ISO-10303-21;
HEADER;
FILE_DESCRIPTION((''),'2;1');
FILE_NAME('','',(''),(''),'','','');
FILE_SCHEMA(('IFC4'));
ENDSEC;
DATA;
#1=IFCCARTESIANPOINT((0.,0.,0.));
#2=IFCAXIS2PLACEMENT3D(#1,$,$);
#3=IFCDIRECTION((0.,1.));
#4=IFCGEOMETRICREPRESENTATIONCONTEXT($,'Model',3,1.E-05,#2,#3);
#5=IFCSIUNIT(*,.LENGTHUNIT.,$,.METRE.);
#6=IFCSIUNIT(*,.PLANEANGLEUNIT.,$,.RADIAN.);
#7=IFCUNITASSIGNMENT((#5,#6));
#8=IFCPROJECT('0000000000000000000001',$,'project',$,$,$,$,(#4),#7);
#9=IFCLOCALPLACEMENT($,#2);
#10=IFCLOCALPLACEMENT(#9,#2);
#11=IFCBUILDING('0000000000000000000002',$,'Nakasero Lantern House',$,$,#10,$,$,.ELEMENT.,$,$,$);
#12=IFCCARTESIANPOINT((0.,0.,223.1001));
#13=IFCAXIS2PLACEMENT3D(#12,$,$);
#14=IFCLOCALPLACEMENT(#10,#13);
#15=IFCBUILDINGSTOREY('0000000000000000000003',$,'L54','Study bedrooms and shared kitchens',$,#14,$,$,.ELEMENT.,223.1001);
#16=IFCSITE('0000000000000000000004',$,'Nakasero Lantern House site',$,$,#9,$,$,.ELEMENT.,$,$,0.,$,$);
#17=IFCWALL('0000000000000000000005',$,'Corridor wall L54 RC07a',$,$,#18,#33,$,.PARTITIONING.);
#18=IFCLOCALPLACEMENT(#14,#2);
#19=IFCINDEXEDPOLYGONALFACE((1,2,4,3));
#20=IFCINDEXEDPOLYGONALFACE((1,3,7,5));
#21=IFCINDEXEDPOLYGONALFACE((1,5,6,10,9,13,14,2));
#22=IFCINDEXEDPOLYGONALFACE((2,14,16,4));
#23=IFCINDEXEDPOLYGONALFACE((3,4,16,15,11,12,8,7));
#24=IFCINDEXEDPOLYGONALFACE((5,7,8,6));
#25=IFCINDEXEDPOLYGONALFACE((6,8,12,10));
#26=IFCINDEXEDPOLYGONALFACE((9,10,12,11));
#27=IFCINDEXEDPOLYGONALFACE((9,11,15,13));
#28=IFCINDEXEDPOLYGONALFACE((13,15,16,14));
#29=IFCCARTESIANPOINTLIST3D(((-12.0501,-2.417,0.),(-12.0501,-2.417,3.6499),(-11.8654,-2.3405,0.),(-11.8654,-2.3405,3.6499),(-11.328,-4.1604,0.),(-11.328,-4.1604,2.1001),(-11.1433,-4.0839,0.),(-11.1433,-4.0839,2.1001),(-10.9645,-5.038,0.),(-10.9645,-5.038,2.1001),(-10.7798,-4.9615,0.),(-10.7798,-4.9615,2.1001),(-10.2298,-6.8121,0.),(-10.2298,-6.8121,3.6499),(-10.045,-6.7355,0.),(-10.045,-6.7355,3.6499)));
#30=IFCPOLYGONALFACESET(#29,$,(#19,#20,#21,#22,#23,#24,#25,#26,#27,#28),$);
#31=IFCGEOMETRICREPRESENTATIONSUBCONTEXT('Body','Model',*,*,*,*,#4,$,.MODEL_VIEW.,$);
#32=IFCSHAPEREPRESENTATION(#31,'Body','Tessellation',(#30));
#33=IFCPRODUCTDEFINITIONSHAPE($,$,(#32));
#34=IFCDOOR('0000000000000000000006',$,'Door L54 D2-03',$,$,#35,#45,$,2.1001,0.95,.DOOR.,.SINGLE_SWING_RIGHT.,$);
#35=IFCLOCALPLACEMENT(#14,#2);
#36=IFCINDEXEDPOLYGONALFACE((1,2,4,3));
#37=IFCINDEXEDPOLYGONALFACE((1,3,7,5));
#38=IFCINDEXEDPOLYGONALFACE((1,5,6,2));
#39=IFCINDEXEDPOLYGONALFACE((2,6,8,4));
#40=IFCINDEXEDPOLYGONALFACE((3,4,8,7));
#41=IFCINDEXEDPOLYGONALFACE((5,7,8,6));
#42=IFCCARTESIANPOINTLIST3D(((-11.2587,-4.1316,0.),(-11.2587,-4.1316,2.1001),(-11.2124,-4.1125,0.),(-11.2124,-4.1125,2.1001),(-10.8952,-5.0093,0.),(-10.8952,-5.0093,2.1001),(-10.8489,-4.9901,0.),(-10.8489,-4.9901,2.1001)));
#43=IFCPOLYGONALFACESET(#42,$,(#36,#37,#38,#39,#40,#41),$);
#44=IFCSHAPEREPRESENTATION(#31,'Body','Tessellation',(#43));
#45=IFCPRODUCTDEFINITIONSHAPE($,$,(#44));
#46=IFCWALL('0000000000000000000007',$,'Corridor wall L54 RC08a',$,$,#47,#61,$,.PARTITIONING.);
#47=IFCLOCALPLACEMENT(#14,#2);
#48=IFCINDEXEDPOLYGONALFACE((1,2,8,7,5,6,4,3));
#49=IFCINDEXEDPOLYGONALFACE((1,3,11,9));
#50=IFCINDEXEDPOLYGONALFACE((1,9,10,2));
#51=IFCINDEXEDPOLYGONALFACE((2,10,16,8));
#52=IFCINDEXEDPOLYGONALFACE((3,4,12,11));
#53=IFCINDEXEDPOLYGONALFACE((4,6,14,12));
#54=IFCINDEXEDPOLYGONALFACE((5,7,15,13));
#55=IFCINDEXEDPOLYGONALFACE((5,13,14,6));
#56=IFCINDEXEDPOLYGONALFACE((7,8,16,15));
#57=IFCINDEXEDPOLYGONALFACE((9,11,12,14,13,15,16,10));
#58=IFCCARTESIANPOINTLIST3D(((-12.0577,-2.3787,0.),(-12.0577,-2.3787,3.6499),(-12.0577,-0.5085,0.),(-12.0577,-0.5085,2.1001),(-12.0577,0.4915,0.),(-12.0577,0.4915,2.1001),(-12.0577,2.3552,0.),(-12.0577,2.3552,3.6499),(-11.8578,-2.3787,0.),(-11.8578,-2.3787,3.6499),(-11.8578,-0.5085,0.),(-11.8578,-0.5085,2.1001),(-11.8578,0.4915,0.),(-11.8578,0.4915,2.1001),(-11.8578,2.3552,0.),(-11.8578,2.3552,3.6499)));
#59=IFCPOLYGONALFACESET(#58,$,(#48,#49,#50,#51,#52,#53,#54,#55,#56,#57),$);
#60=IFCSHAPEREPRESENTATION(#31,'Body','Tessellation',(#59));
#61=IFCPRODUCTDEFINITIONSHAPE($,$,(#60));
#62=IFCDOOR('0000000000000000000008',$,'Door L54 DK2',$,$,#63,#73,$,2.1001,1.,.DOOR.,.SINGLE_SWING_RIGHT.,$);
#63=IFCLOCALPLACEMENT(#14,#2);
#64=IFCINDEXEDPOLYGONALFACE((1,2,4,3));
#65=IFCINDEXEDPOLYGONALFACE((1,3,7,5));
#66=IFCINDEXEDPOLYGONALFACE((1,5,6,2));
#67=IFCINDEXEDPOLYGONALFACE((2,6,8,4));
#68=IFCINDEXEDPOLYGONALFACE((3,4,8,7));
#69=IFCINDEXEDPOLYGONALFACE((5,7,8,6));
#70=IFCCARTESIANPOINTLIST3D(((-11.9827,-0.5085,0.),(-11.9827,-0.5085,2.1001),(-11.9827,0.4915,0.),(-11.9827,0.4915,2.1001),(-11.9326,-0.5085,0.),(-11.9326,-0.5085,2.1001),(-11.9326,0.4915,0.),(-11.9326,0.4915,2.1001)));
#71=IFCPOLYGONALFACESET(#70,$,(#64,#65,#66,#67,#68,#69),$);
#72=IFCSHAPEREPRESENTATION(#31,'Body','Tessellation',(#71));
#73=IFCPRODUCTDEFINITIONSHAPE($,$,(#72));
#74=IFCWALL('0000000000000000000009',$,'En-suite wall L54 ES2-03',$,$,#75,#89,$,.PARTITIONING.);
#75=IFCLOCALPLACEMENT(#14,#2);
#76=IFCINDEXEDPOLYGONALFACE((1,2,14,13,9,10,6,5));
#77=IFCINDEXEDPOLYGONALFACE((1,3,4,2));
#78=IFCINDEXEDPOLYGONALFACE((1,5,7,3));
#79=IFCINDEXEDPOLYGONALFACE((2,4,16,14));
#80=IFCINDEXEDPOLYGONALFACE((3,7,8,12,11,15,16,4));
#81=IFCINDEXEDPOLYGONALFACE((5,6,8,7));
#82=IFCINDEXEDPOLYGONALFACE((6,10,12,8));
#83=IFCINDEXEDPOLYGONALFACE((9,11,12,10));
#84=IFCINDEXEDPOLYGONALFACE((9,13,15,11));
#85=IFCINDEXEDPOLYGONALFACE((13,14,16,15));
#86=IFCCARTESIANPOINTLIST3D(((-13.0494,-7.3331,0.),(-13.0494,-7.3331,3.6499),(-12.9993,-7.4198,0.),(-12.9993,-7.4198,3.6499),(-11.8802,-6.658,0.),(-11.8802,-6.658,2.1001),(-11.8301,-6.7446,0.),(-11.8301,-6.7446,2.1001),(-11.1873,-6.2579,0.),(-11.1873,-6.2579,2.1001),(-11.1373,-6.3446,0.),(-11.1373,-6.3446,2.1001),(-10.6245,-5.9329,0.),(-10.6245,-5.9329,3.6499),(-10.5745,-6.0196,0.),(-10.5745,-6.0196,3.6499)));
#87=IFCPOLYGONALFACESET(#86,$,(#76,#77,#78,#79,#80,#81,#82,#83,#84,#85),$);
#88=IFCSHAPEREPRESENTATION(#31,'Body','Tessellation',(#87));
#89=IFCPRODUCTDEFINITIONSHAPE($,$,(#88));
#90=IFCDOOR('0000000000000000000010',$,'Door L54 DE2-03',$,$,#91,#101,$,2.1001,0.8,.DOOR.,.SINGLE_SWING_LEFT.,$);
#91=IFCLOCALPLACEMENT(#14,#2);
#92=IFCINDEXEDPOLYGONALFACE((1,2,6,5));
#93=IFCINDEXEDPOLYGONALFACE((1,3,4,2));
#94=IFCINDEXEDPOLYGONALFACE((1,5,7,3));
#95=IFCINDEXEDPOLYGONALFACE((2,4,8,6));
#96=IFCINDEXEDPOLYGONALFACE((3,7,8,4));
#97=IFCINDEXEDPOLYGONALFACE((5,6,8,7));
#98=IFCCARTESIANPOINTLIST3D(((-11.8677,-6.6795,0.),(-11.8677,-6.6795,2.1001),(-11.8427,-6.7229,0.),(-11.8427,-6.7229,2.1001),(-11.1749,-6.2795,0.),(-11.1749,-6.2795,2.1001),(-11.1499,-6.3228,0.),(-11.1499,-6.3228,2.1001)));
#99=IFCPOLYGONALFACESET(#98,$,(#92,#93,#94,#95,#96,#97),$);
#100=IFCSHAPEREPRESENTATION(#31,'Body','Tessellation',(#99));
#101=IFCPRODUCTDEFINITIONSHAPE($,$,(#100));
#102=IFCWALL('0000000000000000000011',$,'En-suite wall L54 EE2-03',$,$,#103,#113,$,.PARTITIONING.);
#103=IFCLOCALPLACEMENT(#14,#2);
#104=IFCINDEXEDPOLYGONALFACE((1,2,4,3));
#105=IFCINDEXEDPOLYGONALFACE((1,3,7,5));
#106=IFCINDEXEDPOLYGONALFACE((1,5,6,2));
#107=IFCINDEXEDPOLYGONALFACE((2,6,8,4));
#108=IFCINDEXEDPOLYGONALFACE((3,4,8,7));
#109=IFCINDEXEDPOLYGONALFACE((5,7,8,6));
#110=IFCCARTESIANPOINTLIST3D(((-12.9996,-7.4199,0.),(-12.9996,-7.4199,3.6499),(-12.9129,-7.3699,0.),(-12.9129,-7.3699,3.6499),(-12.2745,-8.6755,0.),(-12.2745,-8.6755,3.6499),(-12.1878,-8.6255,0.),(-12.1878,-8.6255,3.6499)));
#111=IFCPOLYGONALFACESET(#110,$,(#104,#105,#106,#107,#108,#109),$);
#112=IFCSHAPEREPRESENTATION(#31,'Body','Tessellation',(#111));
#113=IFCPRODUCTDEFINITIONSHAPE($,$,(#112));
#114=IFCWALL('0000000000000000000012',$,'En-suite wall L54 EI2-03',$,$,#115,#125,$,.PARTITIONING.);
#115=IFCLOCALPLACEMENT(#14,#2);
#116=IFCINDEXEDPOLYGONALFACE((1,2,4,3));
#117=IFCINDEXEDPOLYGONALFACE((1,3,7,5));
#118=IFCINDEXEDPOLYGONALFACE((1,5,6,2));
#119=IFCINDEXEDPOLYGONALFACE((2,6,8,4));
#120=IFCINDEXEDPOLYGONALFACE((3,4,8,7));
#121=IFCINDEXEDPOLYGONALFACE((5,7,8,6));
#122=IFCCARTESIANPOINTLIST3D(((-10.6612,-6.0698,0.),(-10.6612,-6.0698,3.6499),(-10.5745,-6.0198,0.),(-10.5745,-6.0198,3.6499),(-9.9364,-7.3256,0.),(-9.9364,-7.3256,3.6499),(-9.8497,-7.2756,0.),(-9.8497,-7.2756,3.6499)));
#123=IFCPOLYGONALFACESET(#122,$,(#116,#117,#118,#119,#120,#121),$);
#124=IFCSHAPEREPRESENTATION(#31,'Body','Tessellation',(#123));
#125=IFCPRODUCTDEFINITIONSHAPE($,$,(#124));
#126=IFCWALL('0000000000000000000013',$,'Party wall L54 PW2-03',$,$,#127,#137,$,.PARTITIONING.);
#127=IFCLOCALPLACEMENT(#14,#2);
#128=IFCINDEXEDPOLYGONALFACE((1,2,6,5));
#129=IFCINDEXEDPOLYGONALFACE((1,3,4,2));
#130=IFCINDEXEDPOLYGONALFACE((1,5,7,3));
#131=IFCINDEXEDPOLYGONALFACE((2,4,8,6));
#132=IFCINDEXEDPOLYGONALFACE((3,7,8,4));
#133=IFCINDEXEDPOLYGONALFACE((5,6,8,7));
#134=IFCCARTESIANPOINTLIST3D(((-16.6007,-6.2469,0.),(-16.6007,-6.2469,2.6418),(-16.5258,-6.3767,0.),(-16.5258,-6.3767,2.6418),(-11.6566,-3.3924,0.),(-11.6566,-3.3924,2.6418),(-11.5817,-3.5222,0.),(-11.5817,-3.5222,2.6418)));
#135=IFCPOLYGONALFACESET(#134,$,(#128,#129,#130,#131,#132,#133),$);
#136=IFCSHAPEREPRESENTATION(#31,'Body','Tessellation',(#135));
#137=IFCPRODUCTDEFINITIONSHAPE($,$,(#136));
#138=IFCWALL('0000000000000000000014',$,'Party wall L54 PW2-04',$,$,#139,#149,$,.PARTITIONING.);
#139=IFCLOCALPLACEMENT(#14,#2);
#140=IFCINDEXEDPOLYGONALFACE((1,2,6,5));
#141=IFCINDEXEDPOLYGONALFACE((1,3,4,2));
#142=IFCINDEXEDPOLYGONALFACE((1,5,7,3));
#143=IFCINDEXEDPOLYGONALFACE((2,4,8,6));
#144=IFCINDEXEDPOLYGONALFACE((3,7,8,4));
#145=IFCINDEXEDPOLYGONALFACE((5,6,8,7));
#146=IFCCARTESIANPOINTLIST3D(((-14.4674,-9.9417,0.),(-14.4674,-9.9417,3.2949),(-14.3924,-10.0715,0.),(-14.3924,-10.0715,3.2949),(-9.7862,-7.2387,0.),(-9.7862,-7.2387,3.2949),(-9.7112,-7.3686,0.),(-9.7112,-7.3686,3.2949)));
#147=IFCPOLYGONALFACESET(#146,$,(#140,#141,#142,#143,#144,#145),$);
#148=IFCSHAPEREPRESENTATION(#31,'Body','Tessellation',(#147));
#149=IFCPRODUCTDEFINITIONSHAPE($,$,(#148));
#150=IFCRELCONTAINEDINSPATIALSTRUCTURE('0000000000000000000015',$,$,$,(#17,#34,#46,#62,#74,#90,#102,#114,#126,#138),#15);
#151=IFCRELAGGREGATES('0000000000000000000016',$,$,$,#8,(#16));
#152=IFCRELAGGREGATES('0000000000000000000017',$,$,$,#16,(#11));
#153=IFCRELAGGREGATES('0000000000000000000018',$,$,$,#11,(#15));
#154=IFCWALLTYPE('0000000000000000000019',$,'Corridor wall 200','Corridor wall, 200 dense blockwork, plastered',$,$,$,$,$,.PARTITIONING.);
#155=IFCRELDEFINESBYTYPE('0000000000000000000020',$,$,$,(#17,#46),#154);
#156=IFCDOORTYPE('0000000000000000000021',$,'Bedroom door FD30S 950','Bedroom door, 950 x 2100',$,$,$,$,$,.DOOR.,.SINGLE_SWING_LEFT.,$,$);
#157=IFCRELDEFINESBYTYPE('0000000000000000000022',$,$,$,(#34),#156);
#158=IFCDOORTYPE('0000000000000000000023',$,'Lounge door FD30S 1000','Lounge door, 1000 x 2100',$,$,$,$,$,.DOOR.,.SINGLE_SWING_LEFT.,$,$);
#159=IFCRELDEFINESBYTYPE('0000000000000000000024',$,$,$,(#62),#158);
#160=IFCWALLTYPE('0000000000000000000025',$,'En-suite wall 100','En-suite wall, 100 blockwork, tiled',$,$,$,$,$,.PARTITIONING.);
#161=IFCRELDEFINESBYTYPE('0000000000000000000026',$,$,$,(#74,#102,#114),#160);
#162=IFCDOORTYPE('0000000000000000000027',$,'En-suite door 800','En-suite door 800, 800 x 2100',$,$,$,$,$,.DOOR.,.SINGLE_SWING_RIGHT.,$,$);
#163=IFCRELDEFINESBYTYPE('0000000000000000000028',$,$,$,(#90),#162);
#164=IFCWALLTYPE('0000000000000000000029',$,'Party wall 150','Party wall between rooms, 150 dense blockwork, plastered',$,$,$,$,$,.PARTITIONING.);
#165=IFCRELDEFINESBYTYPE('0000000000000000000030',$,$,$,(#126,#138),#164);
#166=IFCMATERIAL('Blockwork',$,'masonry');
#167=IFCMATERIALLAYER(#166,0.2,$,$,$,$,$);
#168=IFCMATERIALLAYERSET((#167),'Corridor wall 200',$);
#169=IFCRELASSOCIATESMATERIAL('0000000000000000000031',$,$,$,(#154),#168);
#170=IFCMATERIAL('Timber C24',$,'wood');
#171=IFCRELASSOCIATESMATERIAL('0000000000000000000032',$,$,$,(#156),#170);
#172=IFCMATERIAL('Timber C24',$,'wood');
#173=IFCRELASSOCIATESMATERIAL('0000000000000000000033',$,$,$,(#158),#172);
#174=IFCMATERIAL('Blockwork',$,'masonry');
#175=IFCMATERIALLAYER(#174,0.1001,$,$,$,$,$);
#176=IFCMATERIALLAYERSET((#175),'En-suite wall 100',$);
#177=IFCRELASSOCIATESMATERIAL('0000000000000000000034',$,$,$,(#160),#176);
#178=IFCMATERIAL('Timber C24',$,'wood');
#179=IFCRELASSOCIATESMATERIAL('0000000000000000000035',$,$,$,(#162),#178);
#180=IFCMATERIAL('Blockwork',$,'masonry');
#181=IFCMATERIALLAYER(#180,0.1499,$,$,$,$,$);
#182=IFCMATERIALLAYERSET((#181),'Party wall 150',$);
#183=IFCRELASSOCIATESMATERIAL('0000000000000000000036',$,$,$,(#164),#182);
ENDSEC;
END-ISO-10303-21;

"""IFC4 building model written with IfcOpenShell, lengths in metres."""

from ifc_helpers import new_model, si_unit, direction, frame, frame_2d, origin, place, context, subcontext, project, spatial, rectangle, extrude, material, layer, layer_set, type_object, element, fill, save


model = new_model("IFC4")

# Units and contexts
model_context = context("Model", 3, precision=1e-05, world=origin(), true_north=direction((0.0, 1.0)))
body_context = subcontext(model_context, "Body", "Model", "MODEL_VIEW")
ifc_project = project(units=[si_unit("LENGTHUNIT", "METRE"), si_unit("PLANEANGLEUNIT", "RADIAN")], contexts=[model_context])

# Site, building, storey
site_placement = place(None, origin())
site = spatial("IfcSite", under=ifc_project, at=site_placement, Name="Nakasero Lantern House site", CompositionType="ELEMENT", RefElevation=0.0)
building_placement = place(site_placement, origin())
building = spatial("IfcBuilding", under=site, at=building_placement, Name="Nakasero Lantern House", CompositionType="ELEMENT")
storey_placement = place(building_placement, frame((0.0, 0.0, 223.1001)))
storey = spatial("IfcBuildingStorey", under=building, at=storey_placement, Name="L54", Description="Study bedrooms and shared kitchens", CompositionType="ELEMENT", Elevation=223.1001)

# Walls, openings, doors
ifc_material_1 = material(Name="Blockwork", Category="masonry")
ifc_layer_1 = layer(ifc_material_1, 0.2)
ifc_layer_set_1 = layer_set([ifc_layer_1], Name="Corridor wall 200")
wall_type_1 = type_object("IfcWallType", Name="Corridor wall 200", Description="Corridor wall, 200 dense blockwork, plastered", PredefinedType="PARTITIONING", material=ifc_layer_set_1)
wall_1_placement = place(storey_placement, frame((-10.1375, -6.7737, 0.0), z_axis=(0.0, 0.0, 1.0), x_axis=(-0.382654, 0.923892, 0.0)))
wall_1 = element("IfcWall", 1, at=wall_1_placement, inside=storey, type_object=wall_type_1, Name="Corridor wall L54 RC07a", PredefinedType="PARTITIONING", context=body_context, shape_type="SweptSolid", body=[
    extrude(rectangle(XDim=4.7571, YDim=0.2, at=frame_2d((2.3784, 0.0))), origin(), (0.0, 0.0, 1.0), 3.6499),
])
opening_1_placement = place(wall_1_placement, frame((1.9199, 0.0, 0.0)))
opening_1 = element("IfcOpeningElement", 2, at=opening_1_placement, cuts=wall_1, PredefinedType="OPENING", context=body_context, shape_type="SweptSolid", body=[
    extrude(rectangle(XDim=0.95, YDim=2.1001, at=frame_2d((0.4751, 1.05))), frame((0.0, 0.1199, 0.0), z_axis=(0.0, -1.0, 0.0), x_axis=(1.0, 0.0, 0.0)), (0.0, 0.0, 1.0), 0.24),
])
ifc_material_2 = material(Name="Timber C24", Category="wood")
door_type_1 = type_object("IfcDoorType", Name="Bedroom door FD30S 950", Description="Bedroom door, 950 x 2100", OperationType="SINGLE_SWING_LEFT", PredefinedType="DOOR", material=ifc_material_2)
door_1_placement = place(opening_1_placement, origin())
door_1 = element("IfcDoor", 3, at=door_1_placement, inside=storey, type_object=door_type_1, Name="Door L54 D2-03", OperationType="SINGLE_SWING_RIGHT", OverallHeight=2.1001, OverallWidth=0.95, PredefinedType="DOOR", context=body_context, shape_type="SweptSolid", body=[
    extrude(rectangle(XDim=0.95, YDim=2.1001, at=frame_2d((0.4751, 1.05))), frame((0.0, 0.0249, 0.0), z_axis=(0.0, -1.0, 0.0), x_axis=(1.0, 0.0, 0.0)), (0.0, 0.0, 1.0), 0.05),
])
fill(opening_1, door_1)
wall_2_placement = place(storey_placement, frame((-11.9578, -2.3787, 0.0), z_axis=(0.0, 0.0, 1.0), x_axis=(0.0, 1.0, 0.0)))
wall_2 = element("IfcWall", 4, at=wall_2_placement, inside=storey, type_object=wall_type_1, Name="Corridor wall L54 RC08a", PredefinedType="PARTITIONING", context=body_context, shape_type="SweptSolid", body=[
    extrude(rectangle(XDim=4.7339, YDim=0.2, at=frame_2d((2.3669, 0.0))), origin(), (0.0, 0.0, 1.0), 3.6499),
])
opening_2_placement = place(wall_2_placement, frame((1.8701, 0.0, 0.0)))
opening_2 = element("IfcOpeningElement", 5, at=opening_2_placement, cuts=wall_2, PredefinedType="OPENING", context=body_context, shape_type="SweptSolid", body=[
    extrude(rectangle(XDim=1.0, YDim=2.1001, at=frame_2d((0.5, 1.05))), frame((0.0, 0.1199, 0.0), z_axis=(0.0, -1.0, 0.0), x_axis=(1.0, 0.0, 0.0)), (0.0, 0.0, 1.0), 0.24),
])
ifc_material_3 = material(Name="Timber C24", Category="wood")
door_type_2 = type_object("IfcDoorType", Name="Lounge door FD30S 1000", Description="Lounge door, 1000 x 2100", OperationType="SINGLE_SWING_LEFT", PredefinedType="DOOR", material=ifc_material_3)
door_2_placement = place(opening_2_placement, origin())
door_2 = element("IfcDoor", 6, at=door_2_placement, inside=storey, type_object=door_type_2, Name="Door L54 DK2", OperationType="SINGLE_SWING_RIGHT", OverallHeight=2.1001, OverallWidth=1.0, PredefinedType="DOOR", context=body_context, shape_type="SweptSolid", body=[
    extrude(rectangle(XDim=1.0, YDim=2.1001, at=frame_2d((0.5, 1.05))), frame((0.0, 0.0249, 0.0), z_axis=(0.0, -1.0, 0.0), x_axis=(1.0, 0.0, 0.0)), (0.0, 0.0, 1.0), 0.05),
])
fill(opening_2, door_2)
ifc_material_4 = material(Name="Blockwork", Category="masonry")
ifc_layer_2 = layer(ifc_material_4, 0.1001)
ifc_layer_set_2 = layer_set([ifc_layer_2], Name="En-suite wall 100")
wall_type_2 = type_object("IfcWallType", Name="En-suite wall 100", Description="En-suite wall, 100 blockwork, tiled", PredefinedType="PARTITIONING", material=ifc_layer_set_2)
wall_3_placement = place(storey_placement, frame((-10.5996, -5.9763, 0.0), z_axis=(0.0, 0.0, 1.0), x_axis=(-0.865997, -0.50005, 0.0)))
wall_3 = element("IfcWall", 7, at=wall_3_placement, inside=storey, type_object=wall_type_2, Name="En-suite wall L54 ES2-03", PredefinedType="PARTITIONING", context=body_context, shape_type="SweptSolid", body=[
    extrude(rectangle(XDim=2.8, YDim=0.1001, at=frame_2d((1.3999, 0.0))), origin(), (0.0, 0.0, 1.0), 3.6499),
])
opening_3_placement = place(wall_3_placement, frame((0.6499, 0.0, 0.0)))
opening_3 = element("IfcOpeningElement", 8, at=opening_3_placement, cuts=wall_3, PredefinedType="OPENING", context=body_context, shape_type="SweptSolid", body=[
    extrude(rectangle(XDim=0.8, YDim=2.1001, at=frame_2d((0.3999, 1.05))), frame((0.0, 0.0701, 0.0), z_axis=(0.0, -1.0, 0.0), x_axis=(1.0, 0.0, 0.0)), (0.0, 0.0, 1.0), 0.1401),
])
ifc_material_5 = material(Name="Timber C24", Category="wood")
door_type_3 = type_object("IfcDoorType", Name="En-suite door 800", Description="En-suite door 800, 800 x 2100", OperationType="SINGLE_SWING_RIGHT", PredefinedType="DOOR", material=ifc_material_5)
door_3_placement = place(opening_3_placement, origin())
door_3 = element("IfcDoor", 9, at=door_3_placement, inside=storey, type_object=door_type_3, Name="Door L54 DE2-03", OperationType="SINGLE_SWING_LEFT", OverallHeight=2.1001, OverallWidth=0.8, PredefinedType="DOOR", context=body_context, shape_type="SweptSolid", body=[
    extrude(rectangle(XDim=0.8, YDim=2.1001, at=frame_2d((0.3999, 1.05))), frame((0.0, 0.0249, 0.0), z_axis=(0.0, -1.0, 0.0), x_axis=(1.0, 0.0, 0.0)), (0.0, 0.0, 1.0), 0.05),
])
fill(opening_3, door_3)

# Walls
for number, where, z_axis, x_axis, name in (
    (10, (-12.9563, -7.3948, 0.0), (0.0, 0.0, 1.0), (0.500087, -0.865975, 0.0), "En-suite wall L54 EE2-03"),
    (11, (-10.6179, -6.0447, 0.0), (0.0, 0.0, 1.0), (0.499888, -0.86609, 0.0), "En-suite wall L54 EI2-03"),
):
    element("IfcWall", number, at=place(storey_placement, frame(where, z_axis=z_axis, x_axis=x_axis)), inside=storey, type_object=wall_type_2, Name=name, PredefinedType="PARTITIONING", context=body_context, shape_type="SweptSolid", body=[
        extrude(rectangle(XDim=1.45, YDim=0.1001, at=frame_2d((0.7251, 0.0))), origin(), (0.0, 0.0, 1.0), 3.6499),
    ])
ifc_material_6 = material(Name="Blockwork", Category="masonry")
ifc_layer_3 = layer(ifc_material_6, 0.1499)
ifc_layer_set_3 = layer_set([ifc_layer_3], Name="Party wall 150")
wall_type_3 = type_object("IfcWallType", Name="Party wall 150", Description="Party wall between rooms, 150 dense blockwork, plastered", PredefinedType="PARTITIONING", material=ifc_layer_set_3)
wall_4_placement = place(storey_placement, frame((-11.6191, -3.4573, 0.0), z_axis=(0.0, 0.0, 1.0), x_axis=(-0.866024, -0.500003, 0.0)))
element("IfcWall", 12, at=wall_4_placement, inside=storey, type_object=wall_type_3, Name="Party wall L54 PW2-03", PredefinedType="PARTITIONING", context=body_context, shape_type="SweptSolid", body=[
    extrude(rectangle(XDim=5.709, YDim=0.1499, at=frame_2d((2.8545, 0.0))), origin(), (0.0, 0.0, 1.0), 2.6418),
])
wall_5_placement = place(storey_placement, frame((-9.7488, -7.3037, 0.0), z_axis=(0.0, 0.0, 1.0), x_axis=(-0.866008, -0.50003, 0.0)))
element("IfcWall", 13, at=wall_5_placement, inside=storey, type_object=wall_type_3, Name="Party wall L54 PW2-04", PredefinedType="PARTITIONING", context=body_context, shape_type="SweptSolid", body=[
    extrude(rectangle(XDim=5.4055, YDim=0.1499, at=frame_2d((2.7026, 0.0))), origin(), (0.0, 0.0, 1.0), 3.2949),
])

save(model, "model.ifc")
